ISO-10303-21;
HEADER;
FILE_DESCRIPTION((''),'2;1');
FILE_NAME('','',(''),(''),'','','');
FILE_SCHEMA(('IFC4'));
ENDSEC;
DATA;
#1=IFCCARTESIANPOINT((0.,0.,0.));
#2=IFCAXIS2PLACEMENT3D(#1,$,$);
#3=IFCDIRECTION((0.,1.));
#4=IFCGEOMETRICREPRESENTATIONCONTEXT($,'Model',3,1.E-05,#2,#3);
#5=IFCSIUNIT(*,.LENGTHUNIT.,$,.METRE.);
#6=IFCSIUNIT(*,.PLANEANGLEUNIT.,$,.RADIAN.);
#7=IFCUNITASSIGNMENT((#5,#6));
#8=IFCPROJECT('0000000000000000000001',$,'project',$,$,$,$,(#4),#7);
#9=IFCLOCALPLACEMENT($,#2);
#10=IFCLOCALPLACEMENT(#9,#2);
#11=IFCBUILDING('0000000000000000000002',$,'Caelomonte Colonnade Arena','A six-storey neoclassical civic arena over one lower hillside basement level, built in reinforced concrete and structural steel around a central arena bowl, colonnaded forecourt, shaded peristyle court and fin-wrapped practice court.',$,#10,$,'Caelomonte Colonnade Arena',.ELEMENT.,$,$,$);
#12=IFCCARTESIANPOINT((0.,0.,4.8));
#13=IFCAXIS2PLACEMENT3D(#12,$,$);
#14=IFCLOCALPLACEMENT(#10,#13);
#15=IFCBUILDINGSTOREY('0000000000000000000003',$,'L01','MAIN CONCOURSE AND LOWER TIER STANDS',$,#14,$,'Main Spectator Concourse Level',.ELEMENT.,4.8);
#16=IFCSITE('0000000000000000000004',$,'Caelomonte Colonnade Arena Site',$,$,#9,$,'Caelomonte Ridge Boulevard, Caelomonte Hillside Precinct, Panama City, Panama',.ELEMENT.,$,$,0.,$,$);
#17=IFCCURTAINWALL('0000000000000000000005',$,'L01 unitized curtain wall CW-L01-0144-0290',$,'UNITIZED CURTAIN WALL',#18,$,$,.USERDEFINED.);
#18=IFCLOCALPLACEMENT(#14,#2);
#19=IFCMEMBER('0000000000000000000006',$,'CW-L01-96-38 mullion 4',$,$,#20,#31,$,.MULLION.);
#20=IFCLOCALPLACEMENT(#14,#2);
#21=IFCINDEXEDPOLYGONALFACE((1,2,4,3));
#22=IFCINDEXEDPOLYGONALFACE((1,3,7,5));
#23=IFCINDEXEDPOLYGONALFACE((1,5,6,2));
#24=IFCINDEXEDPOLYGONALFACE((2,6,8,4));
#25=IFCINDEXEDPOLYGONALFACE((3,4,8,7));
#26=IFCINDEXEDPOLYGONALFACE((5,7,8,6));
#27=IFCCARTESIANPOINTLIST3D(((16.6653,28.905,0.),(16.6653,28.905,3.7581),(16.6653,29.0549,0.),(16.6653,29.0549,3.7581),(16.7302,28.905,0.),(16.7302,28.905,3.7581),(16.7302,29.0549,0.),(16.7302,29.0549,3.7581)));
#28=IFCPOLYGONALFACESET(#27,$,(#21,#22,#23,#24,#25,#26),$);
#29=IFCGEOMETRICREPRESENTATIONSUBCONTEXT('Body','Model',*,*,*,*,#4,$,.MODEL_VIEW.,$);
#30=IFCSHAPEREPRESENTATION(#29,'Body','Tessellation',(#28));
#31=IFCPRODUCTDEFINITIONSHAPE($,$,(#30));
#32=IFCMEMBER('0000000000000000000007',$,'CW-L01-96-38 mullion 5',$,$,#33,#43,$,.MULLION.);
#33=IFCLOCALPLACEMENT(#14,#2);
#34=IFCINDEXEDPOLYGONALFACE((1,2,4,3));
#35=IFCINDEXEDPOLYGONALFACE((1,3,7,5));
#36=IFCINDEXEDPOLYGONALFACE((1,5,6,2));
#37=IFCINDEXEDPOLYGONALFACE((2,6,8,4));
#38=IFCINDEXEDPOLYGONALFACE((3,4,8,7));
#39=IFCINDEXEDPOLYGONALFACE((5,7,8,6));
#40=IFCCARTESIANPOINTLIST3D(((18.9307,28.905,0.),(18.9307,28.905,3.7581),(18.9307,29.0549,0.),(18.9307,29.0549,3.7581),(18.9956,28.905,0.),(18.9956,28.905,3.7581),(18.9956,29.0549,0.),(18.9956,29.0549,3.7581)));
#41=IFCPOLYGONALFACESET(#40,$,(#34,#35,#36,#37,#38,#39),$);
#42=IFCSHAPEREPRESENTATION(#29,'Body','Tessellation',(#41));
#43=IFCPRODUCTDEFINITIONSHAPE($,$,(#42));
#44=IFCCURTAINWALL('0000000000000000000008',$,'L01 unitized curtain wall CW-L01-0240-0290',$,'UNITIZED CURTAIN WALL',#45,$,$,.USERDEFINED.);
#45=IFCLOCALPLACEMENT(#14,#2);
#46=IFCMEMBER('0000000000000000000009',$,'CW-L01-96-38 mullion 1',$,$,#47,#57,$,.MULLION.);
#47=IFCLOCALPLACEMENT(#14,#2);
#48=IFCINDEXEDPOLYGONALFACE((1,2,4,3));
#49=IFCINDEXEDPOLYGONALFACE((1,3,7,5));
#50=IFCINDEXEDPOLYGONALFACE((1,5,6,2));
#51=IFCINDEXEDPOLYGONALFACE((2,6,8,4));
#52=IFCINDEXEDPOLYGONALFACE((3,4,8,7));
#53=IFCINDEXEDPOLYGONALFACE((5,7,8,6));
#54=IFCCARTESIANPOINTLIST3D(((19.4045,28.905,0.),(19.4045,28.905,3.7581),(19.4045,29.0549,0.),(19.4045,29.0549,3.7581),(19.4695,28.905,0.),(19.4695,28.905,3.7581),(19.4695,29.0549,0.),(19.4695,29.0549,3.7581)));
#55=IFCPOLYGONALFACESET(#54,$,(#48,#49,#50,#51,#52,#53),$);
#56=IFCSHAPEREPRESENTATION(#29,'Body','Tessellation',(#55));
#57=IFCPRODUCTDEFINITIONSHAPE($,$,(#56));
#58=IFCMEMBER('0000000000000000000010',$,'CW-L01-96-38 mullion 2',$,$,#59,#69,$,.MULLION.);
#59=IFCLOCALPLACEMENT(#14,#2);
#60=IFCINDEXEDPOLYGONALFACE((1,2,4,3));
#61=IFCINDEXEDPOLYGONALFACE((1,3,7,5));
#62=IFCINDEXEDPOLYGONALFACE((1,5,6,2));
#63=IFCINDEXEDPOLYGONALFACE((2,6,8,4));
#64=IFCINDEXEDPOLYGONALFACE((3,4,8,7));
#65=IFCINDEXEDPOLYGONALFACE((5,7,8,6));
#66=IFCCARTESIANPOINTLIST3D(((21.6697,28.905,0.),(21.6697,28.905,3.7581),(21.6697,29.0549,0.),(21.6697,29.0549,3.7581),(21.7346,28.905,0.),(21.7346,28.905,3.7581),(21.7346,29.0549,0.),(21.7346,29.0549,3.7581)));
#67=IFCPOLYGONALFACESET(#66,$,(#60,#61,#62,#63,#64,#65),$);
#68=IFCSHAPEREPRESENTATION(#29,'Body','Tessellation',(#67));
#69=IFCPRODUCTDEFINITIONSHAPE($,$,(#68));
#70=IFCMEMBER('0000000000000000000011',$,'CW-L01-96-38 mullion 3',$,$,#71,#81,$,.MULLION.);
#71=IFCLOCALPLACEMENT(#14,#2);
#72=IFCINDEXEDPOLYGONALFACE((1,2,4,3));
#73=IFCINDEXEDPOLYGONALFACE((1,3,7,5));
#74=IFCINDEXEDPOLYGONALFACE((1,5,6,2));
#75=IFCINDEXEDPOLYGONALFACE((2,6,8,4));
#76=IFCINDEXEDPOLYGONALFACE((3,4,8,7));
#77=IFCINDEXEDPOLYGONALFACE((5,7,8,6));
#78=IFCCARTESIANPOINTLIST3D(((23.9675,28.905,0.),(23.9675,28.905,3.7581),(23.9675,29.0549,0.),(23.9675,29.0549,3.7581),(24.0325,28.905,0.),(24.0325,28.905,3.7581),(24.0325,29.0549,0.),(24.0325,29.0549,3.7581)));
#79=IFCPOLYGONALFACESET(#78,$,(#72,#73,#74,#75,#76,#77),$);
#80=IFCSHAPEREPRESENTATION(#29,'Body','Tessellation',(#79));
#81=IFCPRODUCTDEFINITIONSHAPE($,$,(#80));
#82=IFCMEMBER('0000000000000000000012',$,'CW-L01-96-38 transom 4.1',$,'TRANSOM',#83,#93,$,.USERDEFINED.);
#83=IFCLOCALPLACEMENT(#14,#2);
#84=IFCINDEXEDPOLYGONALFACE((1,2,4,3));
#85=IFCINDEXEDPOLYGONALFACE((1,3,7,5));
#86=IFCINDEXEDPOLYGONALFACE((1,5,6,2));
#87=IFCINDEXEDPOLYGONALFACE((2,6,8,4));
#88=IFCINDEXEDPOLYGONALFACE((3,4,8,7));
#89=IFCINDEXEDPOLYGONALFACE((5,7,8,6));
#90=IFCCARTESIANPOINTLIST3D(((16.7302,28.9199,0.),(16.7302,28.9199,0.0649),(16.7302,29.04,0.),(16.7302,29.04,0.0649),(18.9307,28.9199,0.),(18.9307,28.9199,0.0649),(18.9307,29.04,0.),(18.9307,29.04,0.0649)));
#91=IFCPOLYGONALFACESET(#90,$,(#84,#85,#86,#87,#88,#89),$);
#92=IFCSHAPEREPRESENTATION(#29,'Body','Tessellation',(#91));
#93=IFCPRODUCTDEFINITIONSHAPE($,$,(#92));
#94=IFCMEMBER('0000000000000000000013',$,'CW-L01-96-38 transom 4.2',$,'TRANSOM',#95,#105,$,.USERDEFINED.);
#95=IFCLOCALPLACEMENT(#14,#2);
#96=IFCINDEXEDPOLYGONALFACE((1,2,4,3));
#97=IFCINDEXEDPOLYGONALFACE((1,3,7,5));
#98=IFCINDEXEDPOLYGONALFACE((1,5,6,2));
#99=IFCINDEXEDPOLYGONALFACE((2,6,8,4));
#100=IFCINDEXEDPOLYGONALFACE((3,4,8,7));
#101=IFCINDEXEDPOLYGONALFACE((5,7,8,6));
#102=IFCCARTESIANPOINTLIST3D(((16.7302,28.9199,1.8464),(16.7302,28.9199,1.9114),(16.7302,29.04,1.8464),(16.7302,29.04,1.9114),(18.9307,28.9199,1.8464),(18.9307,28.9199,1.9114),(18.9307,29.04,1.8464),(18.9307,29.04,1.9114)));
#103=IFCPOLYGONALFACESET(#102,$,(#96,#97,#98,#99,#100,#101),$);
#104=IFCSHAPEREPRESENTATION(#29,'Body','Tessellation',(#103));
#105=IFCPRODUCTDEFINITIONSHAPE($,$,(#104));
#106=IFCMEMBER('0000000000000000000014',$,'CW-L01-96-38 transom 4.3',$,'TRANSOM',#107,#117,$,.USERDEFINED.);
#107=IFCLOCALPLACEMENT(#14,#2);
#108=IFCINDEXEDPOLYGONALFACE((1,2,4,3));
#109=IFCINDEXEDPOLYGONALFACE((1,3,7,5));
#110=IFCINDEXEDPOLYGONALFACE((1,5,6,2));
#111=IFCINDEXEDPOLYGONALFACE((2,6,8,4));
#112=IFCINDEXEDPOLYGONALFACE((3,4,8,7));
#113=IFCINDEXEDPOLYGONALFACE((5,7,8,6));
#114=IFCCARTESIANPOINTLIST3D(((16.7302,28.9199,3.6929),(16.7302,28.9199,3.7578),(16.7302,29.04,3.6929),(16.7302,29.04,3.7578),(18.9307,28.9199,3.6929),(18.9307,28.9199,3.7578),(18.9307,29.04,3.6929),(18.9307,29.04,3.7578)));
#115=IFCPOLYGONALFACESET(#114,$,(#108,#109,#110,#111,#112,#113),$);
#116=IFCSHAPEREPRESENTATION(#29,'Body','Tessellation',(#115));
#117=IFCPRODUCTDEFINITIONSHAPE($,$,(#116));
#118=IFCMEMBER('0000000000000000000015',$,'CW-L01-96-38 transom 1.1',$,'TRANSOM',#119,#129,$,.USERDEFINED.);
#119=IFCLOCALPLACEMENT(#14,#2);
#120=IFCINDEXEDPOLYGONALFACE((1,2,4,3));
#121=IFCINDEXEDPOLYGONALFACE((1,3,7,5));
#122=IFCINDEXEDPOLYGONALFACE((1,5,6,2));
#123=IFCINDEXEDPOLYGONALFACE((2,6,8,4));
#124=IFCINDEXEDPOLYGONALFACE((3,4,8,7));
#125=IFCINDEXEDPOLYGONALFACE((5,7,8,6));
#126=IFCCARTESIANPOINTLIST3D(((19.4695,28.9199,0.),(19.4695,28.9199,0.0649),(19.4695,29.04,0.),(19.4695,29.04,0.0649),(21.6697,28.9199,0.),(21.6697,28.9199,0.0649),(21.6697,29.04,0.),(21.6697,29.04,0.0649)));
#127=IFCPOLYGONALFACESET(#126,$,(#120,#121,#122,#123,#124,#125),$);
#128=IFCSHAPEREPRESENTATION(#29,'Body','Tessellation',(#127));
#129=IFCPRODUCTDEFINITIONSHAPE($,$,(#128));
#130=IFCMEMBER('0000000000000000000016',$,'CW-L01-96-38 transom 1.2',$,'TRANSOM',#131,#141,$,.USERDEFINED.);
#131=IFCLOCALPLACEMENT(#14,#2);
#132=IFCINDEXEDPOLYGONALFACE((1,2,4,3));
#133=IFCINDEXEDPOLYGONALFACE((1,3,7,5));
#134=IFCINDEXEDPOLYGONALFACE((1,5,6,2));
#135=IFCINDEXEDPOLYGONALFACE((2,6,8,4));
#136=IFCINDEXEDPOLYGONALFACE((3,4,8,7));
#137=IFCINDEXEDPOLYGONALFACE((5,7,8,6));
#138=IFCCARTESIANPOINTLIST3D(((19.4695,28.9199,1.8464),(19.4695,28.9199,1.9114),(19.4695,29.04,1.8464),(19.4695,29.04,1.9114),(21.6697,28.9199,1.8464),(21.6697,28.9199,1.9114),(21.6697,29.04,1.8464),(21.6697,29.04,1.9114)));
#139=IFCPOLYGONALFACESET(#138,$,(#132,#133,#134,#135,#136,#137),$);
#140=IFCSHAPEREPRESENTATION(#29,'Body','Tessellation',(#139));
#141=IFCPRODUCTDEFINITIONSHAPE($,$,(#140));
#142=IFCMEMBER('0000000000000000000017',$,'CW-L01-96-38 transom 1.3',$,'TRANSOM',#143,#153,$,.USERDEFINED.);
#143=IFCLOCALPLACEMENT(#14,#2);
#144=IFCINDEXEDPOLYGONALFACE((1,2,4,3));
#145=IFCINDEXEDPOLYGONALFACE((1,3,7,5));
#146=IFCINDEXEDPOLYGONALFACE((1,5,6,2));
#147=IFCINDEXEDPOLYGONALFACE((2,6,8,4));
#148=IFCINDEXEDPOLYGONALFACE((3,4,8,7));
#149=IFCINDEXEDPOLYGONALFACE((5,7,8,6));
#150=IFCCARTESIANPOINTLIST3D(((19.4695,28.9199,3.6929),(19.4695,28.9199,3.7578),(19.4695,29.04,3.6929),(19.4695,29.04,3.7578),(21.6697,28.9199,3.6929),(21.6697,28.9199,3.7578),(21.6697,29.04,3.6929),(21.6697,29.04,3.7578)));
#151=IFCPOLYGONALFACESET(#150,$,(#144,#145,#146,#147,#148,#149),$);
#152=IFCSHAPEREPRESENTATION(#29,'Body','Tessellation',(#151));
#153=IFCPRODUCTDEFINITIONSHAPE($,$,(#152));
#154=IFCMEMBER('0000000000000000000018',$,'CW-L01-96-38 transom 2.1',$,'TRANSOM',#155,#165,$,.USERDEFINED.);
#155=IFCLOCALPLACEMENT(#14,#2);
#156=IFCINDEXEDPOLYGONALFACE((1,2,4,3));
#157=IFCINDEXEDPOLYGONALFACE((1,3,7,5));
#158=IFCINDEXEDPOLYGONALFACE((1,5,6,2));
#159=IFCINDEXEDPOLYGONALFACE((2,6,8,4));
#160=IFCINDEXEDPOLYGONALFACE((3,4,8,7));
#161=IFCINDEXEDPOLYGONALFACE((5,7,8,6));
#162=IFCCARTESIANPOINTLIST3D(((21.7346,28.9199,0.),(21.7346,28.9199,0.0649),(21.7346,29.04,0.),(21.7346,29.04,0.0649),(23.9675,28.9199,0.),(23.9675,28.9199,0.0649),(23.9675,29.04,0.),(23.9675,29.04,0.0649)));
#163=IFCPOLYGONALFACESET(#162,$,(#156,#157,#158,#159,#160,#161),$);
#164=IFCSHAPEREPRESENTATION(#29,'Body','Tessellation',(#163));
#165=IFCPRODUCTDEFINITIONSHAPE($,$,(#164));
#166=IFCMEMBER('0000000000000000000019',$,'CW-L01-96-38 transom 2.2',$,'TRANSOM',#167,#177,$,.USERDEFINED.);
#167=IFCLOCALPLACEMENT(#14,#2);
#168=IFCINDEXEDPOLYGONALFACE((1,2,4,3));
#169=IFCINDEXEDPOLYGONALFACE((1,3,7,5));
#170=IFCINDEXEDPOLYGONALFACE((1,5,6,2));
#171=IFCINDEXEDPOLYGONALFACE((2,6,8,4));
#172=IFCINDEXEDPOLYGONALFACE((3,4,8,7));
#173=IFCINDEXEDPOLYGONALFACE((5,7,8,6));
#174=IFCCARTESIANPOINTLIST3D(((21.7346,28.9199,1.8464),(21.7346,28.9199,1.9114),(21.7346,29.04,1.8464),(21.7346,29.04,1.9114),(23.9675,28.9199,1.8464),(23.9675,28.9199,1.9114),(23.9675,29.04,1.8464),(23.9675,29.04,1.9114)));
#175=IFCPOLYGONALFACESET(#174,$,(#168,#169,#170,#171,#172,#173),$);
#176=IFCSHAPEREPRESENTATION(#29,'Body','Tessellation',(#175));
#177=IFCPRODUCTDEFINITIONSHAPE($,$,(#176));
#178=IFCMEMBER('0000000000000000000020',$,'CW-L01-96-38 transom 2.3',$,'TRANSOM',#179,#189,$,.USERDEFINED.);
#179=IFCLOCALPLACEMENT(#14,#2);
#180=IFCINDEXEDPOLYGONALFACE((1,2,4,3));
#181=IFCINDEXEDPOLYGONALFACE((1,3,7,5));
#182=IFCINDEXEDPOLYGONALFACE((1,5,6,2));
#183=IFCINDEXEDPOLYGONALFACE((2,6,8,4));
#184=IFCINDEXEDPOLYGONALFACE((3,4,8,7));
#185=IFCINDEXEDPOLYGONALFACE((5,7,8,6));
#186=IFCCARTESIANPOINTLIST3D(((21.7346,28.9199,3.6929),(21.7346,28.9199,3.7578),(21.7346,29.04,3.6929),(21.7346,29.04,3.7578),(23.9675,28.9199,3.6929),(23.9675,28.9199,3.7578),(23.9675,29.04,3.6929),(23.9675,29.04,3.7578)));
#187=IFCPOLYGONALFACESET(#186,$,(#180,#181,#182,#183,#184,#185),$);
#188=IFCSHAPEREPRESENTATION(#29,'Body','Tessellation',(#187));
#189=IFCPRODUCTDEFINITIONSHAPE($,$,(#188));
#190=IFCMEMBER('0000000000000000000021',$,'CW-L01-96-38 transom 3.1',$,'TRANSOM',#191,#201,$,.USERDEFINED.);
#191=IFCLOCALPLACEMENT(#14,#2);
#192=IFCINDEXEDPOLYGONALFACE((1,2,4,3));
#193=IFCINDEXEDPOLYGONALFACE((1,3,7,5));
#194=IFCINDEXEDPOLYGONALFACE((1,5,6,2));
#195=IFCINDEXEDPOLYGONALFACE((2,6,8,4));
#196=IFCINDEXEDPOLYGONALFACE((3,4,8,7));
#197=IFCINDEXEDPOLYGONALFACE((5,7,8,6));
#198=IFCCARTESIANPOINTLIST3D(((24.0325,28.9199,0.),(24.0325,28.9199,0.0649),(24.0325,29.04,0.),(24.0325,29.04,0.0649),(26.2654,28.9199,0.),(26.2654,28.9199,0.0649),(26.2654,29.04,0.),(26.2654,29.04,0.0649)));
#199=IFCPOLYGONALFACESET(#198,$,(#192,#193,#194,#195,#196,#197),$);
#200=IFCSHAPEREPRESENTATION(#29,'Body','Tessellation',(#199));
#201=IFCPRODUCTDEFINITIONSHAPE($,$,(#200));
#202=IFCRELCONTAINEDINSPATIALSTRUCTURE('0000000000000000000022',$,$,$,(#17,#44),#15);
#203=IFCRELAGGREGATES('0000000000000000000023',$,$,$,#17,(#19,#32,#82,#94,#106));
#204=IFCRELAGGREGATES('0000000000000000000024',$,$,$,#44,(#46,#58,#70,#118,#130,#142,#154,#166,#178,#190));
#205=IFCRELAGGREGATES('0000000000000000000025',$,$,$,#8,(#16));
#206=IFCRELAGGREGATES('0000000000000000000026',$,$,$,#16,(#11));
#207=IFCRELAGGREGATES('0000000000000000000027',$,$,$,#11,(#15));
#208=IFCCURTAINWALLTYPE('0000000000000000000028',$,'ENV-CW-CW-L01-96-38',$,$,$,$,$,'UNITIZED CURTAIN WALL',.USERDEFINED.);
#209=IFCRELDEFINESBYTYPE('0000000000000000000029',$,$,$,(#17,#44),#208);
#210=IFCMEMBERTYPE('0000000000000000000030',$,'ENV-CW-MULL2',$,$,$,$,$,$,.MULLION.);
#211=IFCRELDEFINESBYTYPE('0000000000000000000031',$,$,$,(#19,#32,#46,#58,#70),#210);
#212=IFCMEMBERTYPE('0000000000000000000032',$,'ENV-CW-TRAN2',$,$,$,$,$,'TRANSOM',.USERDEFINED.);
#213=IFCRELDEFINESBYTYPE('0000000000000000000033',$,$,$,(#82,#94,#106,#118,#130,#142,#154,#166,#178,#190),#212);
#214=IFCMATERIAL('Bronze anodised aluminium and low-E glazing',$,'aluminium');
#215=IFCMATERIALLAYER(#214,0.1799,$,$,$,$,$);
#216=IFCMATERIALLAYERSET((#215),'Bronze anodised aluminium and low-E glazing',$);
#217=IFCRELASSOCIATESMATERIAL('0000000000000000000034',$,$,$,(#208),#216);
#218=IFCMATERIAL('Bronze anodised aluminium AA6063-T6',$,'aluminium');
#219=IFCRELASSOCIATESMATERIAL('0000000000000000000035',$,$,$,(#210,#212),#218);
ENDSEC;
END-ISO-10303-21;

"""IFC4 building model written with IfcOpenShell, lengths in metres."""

from ifc_helpers import new_model, si_unit, direction, frame, origin, origin_2d, place, context, subcontext, project, spatial, rectangle, extrude, material, layer, layer_set, material_profile, profile_set, type_object, element, aggregate, save


model = new_model("IFC4")

# Units and contexts
model_context = context("Model", 3, precision=1e-05, world=origin(), true_north=direction((0.0, 1.0)))
body_context = subcontext(model_context, "Body", "Model", "MODEL_VIEW")
ifc_project = project(units=[si_unit("LENGTHUNIT", "METRE"), si_unit("PLANEANGLEUNIT", "RADIAN")], contexts=[model_context])

# Site, building, storey
site_placement = place(None, origin())
site = spatial("IfcSite", under=ifc_project, at=site_placement, Name="Caelomonte Colonnade Arena Site", LongName="Caelomonte Ridge Boulevard, Caelomonte Hillside Precinct, Panama City, Panama", CompositionType="ELEMENT", RefElevation=0.0)
building_placement = place(site_placement, origin())
building = spatial("IfcBuilding", under=site, at=building_placement, Name="Caelomonte Colonnade Arena", Description="A six-storey neoclassical civic arena over one lower hillside basement level, built in reinforced concrete and structural steel around a central arena bowl, colonnaded forecourt, shaded peristyle court and fin-wrapped practice court.", LongName="Caelomonte Colonnade Arena", CompositionType="ELEMENT")
storey_placement = place(building_placement, frame((0.0, 0.0, 4.8)))
storey = spatial("IfcBuildingStorey", under=building, at=storey_placement, Name="L01", Description="MAIN CONCOURSE AND LOWER TIER STANDS", LongName="Main Spectator Concourse Level", CompositionType="ELEMENT", Elevation=4.8)

# Curtain walls, members
ifc_material_1 = material(Name="Bronze anodised aluminium and low-E glazing", Category="aluminium")
ifc_layer_1 = layer(ifc_material_1, 0.1799)
ifc_layer_set_1 = layer_set([ifc_layer_1], Name="Bronze anodised aluminium and low-E glazing")
curtain_wall_type = type_object("IfcCurtainWallType", Name="ENV-CW-CW-L01-96-38", ElementType="UNITIZED CURTAIN WALL", PredefinedType="USERDEFINED", material=ifc_layer_set_1)
curtain_wall_1_placement = place(storey_placement, origin())
curtain_wall_1 = element("IfcCurtainWall", 1, at=curtain_wall_1_placement, inside=storey, type_object=curtain_wall_type, Name="L01 unitized curtain wall CW-L01-0144-0290", ObjectType="UNITIZED CURTAIN WALL", PredefinedType="USERDEFINED")
ifc_material_2 = material(Name="Bronze anodised aluminium AA6063-T6", Category="aluminium")
ifc_material_profile_1 = material_profile(ifc_material_2, rectangle(XDim=0.0649, YDim=0.1499, at=origin_2d()), Name="CWM-65X150")
ifc_profile_set_1 = profile_set([ifc_material_profile_1], Name="Bronze anodised aluminium AA6063-T6")
member_type_1 = type_object("IfcMemberType", Name="ENV-CW-MULL2", PredefinedType="MULLION", material=ifc_profile_set_1)
member_1_placement = place(storey_placement, frame((16.6978, 28.98, 0.0), z_axis=(0.0, 0.0, 1.0), x_axis=(1.0, 0.0, 0.0)))
member_1 = element("IfcMember", 2, at=member_1_placement, type_object=member_type_1, Name="CW-L01-96-38 mullion 4", PredefinedType="MULLION", context=body_context, shape_type="SweptSolid", body=[
    extrude(rectangle(XDim=0.0649, YDim=0.1499, at=origin_2d()), origin(), (0.0, 0.0, 1.0), 3.7581),
])
member_2_placement = place(storey_placement, frame((18.9631, 28.98, 0.0), z_axis=(0.0, 0.0, 1.0), x_axis=(1.0, 0.0, 0.0)))
member_2 = element("IfcMember", 3, at=member_2_placement, type_object=member_type_1, Name="CW-L01-96-38 mullion 5", PredefinedType="MULLION", context=body_context, shape_type="SweptSolid", body=[
    extrude(rectangle(XDim=0.0649, YDim=0.1499, at=origin_2d()), origin(), (0.0, 0.0, 1.0), 3.7581),
])
curtain_wall_2_placement = place(storey_placement, origin())
curtain_wall_2 = element("IfcCurtainWall", 4, at=curtain_wall_2_placement, inside=storey, type_object=curtain_wall_type, Name="L01 unitized curtain wall CW-L01-0240-0290", ObjectType="UNITIZED CURTAIN WALL", PredefinedType="USERDEFINED")
member_3_placement = place(storey_placement, frame((19.437, 28.98, 0.0), z_axis=(0.0, 0.0, 1.0), x_axis=(1.0, 0.0, 0.0)))
member_3 = element("IfcMember", 5, at=member_3_placement, type_object=member_type_1, Name="CW-L01-96-38 mullion 1", PredefinedType="MULLION", context=body_context, shape_type="SweptSolid", body=[
    extrude(rectangle(XDim=0.0649, YDim=0.1499, at=origin_2d()), origin(), (0.0, 0.0, 1.0), 3.7581),
])
member_4_placement = place(storey_placement, frame((21.7021, 28.98, 0.0), z_axis=(0.0, 0.0, 1.0), x_axis=(1.0, 0.0, 0.0)))
member_4 = element("IfcMember", 6, at=member_4_placement, type_object=member_type_1, Name="CW-L01-96-38 mullion 2", PredefinedType="MULLION", context=body_context, shape_type="SweptSolid", body=[
    extrude(rectangle(XDim=0.0649, YDim=0.1499, at=origin_2d()), origin(), (0.0, 0.0, 1.0), 3.7581),
])
member_5_placement = place(storey_placement, frame((24.0, 28.98, 0.0), z_axis=(0.0, 0.0, 1.0), x_axis=(1.0, 0.0, 0.0)))
member_5 = element("IfcMember", 7, at=member_5_placement, type_object=member_type_1, Name="CW-L01-96-38 mullion 3", PredefinedType="MULLION", context=body_context, shape_type="SweptSolid", body=[
    extrude(rectangle(XDim=0.0649, YDim=0.1499, at=origin_2d()), origin(), (0.0, 0.0, 1.0), 3.7581),
])

# Members
ifc_material_profile_2 = material_profile(ifc_material_2, rectangle(XDim=0.0649, YDim=0.1201, at=origin_2d()), Name="CWT-65X120")
ifc_profile_set_2 = profile_set([ifc_material_profile_2], Name="Bronze anodised aluminium AA6063-T6")
member_type_2 = type_object("IfcMemberType", Name="ENV-CW-TRAN2", ElementType="TRANSOM", PredefinedType="USERDEFINED", material=ifc_profile_set_2)
member_6_placement = place(storey_placement, frame((16.7302, 28.98, 0.0325), z_axis=(1.0, 0.0, 0.0), x_axis=(0.0, 0.0, 1.0)))
member_6 = element("IfcMember", 8, at=member_6_placement, type_object=member_type_2, Name="CW-L01-96-38 transom 4.1", ObjectType="TRANSOM", PredefinedType="USERDEFINED", context=body_context, shape_type="SweptSolid", body=[
    extrude(rectangle(XDim=0.0649, YDim=0.1201, at=origin_2d()), origin(), (0.0, 0.0, 1.0), 2.2004),
])
member_7_placement = place(storey_placement, frame((16.7302, 28.98, 1.8789), z_axis=(1.0, 0.0, 0.0), x_axis=(0.0, 0.0, 1.0)))
member_7 = element("IfcMember", 9, at=member_7_placement, type_object=member_type_2, Name="CW-L01-96-38 transom 4.2", ObjectType="TRANSOM", PredefinedType="USERDEFINED", context=body_context, shape_type="SweptSolid", body=[
    extrude(rectangle(XDim=0.0649, YDim=0.1201, at=origin_2d()), origin(), (0.0, 0.0, 1.0), 2.2004),
])
member_8_placement = place(storey_placement, frame((16.7302, 28.98, 3.7253), z_axis=(1.0, 0.0, 0.0), x_axis=(0.0, 0.0, 1.0)))
member_8 = element("IfcMember", 10, at=member_8_placement, type_object=member_type_2, Name="CW-L01-96-38 transom 4.3", ObjectType="TRANSOM", PredefinedType="USERDEFINED", context=body_context, shape_type="SweptSolid", body=[
    extrude(rectangle(XDim=0.0649, YDim=0.1201, at=origin_2d()), origin(), (0.0, 0.0, 1.0), 2.2004),
])
member_9_placement = place(storey_placement, frame((19.4695, 28.98, 0.0325), z_axis=(1.0, 0.0, 0.0), x_axis=(0.0, 0.0, 1.0)))
member_9 = element("IfcMember", 11, at=member_9_placement, type_object=member_type_2, Name="CW-L01-96-38 transom 1.1", ObjectType="TRANSOM", PredefinedType="USERDEFINED", context=body_context, shape_type="SweptSolid", body=[
    extrude(rectangle(XDim=0.0649, YDim=0.1201, at=origin_2d()), origin(), (0.0, 0.0, 1.0), 2.2002),
])
member_10_placement = place(storey_placement, frame((19.4695, 28.98, 1.8789), z_axis=(1.0, 0.0, 0.0), x_axis=(0.0, 0.0, 1.0)))
member_10 = element("IfcMember", 12, at=member_10_placement, type_object=member_type_2, Name="CW-L01-96-38 transom 1.2", ObjectType="TRANSOM", PredefinedType="USERDEFINED", context=body_context, shape_type="SweptSolid", body=[
    extrude(rectangle(XDim=0.0649, YDim=0.1201, at=origin_2d()), origin(), (0.0, 0.0, 1.0), 2.2002),
])
member_11_placement = place(storey_placement, frame((19.4695, 28.98, 3.7253), z_axis=(1.0, 0.0, 0.0), x_axis=(0.0, 0.0, 1.0)))
member_11 = element("IfcMember", 13, at=member_11_placement, type_object=member_type_2, Name="CW-L01-96-38 transom 1.3", ObjectType="TRANSOM", PredefinedType="USERDEFINED", context=body_context, shape_type="SweptSolid", body=[
    extrude(rectangle(XDim=0.0649, YDim=0.1201, at=origin_2d()), origin(), (0.0, 0.0, 1.0), 2.2002),
])
member_12_placement = place(storey_placement, frame((21.7346, 28.98, 0.0325), z_axis=(1.0, 0.0, 0.0), x_axis=(0.0, 0.0, 1.0)))
member_12 = element("IfcMember", 14, at=member_12_placement, type_object=member_type_2, Name="CW-L01-96-38 transom 2.1", ObjectType="TRANSOM", PredefinedType="USERDEFINED", context=body_context, shape_type="SweptSolid", body=[
    extrude(rectangle(XDim=0.0649, YDim=0.1201, at=origin_2d()), origin(), (0.0, 0.0, 1.0), 2.2329),
])
member_13_placement = place(storey_placement, frame((21.7346, 28.98, 1.8789), z_axis=(1.0, 0.0, 0.0), x_axis=(0.0, 0.0, 1.0)))
member_13 = element("IfcMember", 15, at=member_13_placement, type_object=member_type_2, Name="CW-L01-96-38 transom 2.2", ObjectType="TRANSOM", PredefinedType="USERDEFINED", context=body_context, shape_type="SweptSolid", body=[
    extrude(rectangle(XDim=0.0649, YDim=0.1201, at=origin_2d()), origin(), (0.0, 0.0, 1.0), 2.2329),
])
member_14_placement = place(storey_placement, frame((21.7346, 28.98, 3.7253), z_axis=(1.0, 0.0, 0.0), x_axis=(0.0, 0.0, 1.0)))
member_14 = element("IfcMember", 16, at=member_14_placement, type_object=member_type_2, Name="CW-L01-96-38 transom 2.3", ObjectType="TRANSOM", PredefinedType="USERDEFINED", context=body_context, shape_type="SweptSolid", body=[
    extrude(rectangle(XDim=0.0649, YDim=0.1201, at=origin_2d()), origin(), (0.0, 0.0, 1.0), 2.2329),
])
member_15_placement = place(storey_placement, frame((24.0325, 28.98, 0.0325), z_axis=(1.0, 0.0, 0.0), x_axis=(0.0, 0.0, 1.0)))
member_15 = element("IfcMember", 17, at=member_15_placement, type_object=member_type_2, Name="CW-L01-96-38 transom 3.1", ObjectType="TRANSOM", PredefinedType="USERDEFINED", context=body_context, shape_type="SweptSolid", body=[
    extrude(rectangle(XDim=0.0649, YDim=0.1201, at=origin_2d()), origin(), (0.0, 0.0, 1.0), 2.2329),
])

aggregate(curtain_wall_1, [member_1, member_2, member_6, member_7, member_8])
aggregate(curtain_wall_2, [member_3, member_4, member_5, member_9, member_10, member_11, member_12, member_13, member_14, member_15])

save(model, "model.ifc")
